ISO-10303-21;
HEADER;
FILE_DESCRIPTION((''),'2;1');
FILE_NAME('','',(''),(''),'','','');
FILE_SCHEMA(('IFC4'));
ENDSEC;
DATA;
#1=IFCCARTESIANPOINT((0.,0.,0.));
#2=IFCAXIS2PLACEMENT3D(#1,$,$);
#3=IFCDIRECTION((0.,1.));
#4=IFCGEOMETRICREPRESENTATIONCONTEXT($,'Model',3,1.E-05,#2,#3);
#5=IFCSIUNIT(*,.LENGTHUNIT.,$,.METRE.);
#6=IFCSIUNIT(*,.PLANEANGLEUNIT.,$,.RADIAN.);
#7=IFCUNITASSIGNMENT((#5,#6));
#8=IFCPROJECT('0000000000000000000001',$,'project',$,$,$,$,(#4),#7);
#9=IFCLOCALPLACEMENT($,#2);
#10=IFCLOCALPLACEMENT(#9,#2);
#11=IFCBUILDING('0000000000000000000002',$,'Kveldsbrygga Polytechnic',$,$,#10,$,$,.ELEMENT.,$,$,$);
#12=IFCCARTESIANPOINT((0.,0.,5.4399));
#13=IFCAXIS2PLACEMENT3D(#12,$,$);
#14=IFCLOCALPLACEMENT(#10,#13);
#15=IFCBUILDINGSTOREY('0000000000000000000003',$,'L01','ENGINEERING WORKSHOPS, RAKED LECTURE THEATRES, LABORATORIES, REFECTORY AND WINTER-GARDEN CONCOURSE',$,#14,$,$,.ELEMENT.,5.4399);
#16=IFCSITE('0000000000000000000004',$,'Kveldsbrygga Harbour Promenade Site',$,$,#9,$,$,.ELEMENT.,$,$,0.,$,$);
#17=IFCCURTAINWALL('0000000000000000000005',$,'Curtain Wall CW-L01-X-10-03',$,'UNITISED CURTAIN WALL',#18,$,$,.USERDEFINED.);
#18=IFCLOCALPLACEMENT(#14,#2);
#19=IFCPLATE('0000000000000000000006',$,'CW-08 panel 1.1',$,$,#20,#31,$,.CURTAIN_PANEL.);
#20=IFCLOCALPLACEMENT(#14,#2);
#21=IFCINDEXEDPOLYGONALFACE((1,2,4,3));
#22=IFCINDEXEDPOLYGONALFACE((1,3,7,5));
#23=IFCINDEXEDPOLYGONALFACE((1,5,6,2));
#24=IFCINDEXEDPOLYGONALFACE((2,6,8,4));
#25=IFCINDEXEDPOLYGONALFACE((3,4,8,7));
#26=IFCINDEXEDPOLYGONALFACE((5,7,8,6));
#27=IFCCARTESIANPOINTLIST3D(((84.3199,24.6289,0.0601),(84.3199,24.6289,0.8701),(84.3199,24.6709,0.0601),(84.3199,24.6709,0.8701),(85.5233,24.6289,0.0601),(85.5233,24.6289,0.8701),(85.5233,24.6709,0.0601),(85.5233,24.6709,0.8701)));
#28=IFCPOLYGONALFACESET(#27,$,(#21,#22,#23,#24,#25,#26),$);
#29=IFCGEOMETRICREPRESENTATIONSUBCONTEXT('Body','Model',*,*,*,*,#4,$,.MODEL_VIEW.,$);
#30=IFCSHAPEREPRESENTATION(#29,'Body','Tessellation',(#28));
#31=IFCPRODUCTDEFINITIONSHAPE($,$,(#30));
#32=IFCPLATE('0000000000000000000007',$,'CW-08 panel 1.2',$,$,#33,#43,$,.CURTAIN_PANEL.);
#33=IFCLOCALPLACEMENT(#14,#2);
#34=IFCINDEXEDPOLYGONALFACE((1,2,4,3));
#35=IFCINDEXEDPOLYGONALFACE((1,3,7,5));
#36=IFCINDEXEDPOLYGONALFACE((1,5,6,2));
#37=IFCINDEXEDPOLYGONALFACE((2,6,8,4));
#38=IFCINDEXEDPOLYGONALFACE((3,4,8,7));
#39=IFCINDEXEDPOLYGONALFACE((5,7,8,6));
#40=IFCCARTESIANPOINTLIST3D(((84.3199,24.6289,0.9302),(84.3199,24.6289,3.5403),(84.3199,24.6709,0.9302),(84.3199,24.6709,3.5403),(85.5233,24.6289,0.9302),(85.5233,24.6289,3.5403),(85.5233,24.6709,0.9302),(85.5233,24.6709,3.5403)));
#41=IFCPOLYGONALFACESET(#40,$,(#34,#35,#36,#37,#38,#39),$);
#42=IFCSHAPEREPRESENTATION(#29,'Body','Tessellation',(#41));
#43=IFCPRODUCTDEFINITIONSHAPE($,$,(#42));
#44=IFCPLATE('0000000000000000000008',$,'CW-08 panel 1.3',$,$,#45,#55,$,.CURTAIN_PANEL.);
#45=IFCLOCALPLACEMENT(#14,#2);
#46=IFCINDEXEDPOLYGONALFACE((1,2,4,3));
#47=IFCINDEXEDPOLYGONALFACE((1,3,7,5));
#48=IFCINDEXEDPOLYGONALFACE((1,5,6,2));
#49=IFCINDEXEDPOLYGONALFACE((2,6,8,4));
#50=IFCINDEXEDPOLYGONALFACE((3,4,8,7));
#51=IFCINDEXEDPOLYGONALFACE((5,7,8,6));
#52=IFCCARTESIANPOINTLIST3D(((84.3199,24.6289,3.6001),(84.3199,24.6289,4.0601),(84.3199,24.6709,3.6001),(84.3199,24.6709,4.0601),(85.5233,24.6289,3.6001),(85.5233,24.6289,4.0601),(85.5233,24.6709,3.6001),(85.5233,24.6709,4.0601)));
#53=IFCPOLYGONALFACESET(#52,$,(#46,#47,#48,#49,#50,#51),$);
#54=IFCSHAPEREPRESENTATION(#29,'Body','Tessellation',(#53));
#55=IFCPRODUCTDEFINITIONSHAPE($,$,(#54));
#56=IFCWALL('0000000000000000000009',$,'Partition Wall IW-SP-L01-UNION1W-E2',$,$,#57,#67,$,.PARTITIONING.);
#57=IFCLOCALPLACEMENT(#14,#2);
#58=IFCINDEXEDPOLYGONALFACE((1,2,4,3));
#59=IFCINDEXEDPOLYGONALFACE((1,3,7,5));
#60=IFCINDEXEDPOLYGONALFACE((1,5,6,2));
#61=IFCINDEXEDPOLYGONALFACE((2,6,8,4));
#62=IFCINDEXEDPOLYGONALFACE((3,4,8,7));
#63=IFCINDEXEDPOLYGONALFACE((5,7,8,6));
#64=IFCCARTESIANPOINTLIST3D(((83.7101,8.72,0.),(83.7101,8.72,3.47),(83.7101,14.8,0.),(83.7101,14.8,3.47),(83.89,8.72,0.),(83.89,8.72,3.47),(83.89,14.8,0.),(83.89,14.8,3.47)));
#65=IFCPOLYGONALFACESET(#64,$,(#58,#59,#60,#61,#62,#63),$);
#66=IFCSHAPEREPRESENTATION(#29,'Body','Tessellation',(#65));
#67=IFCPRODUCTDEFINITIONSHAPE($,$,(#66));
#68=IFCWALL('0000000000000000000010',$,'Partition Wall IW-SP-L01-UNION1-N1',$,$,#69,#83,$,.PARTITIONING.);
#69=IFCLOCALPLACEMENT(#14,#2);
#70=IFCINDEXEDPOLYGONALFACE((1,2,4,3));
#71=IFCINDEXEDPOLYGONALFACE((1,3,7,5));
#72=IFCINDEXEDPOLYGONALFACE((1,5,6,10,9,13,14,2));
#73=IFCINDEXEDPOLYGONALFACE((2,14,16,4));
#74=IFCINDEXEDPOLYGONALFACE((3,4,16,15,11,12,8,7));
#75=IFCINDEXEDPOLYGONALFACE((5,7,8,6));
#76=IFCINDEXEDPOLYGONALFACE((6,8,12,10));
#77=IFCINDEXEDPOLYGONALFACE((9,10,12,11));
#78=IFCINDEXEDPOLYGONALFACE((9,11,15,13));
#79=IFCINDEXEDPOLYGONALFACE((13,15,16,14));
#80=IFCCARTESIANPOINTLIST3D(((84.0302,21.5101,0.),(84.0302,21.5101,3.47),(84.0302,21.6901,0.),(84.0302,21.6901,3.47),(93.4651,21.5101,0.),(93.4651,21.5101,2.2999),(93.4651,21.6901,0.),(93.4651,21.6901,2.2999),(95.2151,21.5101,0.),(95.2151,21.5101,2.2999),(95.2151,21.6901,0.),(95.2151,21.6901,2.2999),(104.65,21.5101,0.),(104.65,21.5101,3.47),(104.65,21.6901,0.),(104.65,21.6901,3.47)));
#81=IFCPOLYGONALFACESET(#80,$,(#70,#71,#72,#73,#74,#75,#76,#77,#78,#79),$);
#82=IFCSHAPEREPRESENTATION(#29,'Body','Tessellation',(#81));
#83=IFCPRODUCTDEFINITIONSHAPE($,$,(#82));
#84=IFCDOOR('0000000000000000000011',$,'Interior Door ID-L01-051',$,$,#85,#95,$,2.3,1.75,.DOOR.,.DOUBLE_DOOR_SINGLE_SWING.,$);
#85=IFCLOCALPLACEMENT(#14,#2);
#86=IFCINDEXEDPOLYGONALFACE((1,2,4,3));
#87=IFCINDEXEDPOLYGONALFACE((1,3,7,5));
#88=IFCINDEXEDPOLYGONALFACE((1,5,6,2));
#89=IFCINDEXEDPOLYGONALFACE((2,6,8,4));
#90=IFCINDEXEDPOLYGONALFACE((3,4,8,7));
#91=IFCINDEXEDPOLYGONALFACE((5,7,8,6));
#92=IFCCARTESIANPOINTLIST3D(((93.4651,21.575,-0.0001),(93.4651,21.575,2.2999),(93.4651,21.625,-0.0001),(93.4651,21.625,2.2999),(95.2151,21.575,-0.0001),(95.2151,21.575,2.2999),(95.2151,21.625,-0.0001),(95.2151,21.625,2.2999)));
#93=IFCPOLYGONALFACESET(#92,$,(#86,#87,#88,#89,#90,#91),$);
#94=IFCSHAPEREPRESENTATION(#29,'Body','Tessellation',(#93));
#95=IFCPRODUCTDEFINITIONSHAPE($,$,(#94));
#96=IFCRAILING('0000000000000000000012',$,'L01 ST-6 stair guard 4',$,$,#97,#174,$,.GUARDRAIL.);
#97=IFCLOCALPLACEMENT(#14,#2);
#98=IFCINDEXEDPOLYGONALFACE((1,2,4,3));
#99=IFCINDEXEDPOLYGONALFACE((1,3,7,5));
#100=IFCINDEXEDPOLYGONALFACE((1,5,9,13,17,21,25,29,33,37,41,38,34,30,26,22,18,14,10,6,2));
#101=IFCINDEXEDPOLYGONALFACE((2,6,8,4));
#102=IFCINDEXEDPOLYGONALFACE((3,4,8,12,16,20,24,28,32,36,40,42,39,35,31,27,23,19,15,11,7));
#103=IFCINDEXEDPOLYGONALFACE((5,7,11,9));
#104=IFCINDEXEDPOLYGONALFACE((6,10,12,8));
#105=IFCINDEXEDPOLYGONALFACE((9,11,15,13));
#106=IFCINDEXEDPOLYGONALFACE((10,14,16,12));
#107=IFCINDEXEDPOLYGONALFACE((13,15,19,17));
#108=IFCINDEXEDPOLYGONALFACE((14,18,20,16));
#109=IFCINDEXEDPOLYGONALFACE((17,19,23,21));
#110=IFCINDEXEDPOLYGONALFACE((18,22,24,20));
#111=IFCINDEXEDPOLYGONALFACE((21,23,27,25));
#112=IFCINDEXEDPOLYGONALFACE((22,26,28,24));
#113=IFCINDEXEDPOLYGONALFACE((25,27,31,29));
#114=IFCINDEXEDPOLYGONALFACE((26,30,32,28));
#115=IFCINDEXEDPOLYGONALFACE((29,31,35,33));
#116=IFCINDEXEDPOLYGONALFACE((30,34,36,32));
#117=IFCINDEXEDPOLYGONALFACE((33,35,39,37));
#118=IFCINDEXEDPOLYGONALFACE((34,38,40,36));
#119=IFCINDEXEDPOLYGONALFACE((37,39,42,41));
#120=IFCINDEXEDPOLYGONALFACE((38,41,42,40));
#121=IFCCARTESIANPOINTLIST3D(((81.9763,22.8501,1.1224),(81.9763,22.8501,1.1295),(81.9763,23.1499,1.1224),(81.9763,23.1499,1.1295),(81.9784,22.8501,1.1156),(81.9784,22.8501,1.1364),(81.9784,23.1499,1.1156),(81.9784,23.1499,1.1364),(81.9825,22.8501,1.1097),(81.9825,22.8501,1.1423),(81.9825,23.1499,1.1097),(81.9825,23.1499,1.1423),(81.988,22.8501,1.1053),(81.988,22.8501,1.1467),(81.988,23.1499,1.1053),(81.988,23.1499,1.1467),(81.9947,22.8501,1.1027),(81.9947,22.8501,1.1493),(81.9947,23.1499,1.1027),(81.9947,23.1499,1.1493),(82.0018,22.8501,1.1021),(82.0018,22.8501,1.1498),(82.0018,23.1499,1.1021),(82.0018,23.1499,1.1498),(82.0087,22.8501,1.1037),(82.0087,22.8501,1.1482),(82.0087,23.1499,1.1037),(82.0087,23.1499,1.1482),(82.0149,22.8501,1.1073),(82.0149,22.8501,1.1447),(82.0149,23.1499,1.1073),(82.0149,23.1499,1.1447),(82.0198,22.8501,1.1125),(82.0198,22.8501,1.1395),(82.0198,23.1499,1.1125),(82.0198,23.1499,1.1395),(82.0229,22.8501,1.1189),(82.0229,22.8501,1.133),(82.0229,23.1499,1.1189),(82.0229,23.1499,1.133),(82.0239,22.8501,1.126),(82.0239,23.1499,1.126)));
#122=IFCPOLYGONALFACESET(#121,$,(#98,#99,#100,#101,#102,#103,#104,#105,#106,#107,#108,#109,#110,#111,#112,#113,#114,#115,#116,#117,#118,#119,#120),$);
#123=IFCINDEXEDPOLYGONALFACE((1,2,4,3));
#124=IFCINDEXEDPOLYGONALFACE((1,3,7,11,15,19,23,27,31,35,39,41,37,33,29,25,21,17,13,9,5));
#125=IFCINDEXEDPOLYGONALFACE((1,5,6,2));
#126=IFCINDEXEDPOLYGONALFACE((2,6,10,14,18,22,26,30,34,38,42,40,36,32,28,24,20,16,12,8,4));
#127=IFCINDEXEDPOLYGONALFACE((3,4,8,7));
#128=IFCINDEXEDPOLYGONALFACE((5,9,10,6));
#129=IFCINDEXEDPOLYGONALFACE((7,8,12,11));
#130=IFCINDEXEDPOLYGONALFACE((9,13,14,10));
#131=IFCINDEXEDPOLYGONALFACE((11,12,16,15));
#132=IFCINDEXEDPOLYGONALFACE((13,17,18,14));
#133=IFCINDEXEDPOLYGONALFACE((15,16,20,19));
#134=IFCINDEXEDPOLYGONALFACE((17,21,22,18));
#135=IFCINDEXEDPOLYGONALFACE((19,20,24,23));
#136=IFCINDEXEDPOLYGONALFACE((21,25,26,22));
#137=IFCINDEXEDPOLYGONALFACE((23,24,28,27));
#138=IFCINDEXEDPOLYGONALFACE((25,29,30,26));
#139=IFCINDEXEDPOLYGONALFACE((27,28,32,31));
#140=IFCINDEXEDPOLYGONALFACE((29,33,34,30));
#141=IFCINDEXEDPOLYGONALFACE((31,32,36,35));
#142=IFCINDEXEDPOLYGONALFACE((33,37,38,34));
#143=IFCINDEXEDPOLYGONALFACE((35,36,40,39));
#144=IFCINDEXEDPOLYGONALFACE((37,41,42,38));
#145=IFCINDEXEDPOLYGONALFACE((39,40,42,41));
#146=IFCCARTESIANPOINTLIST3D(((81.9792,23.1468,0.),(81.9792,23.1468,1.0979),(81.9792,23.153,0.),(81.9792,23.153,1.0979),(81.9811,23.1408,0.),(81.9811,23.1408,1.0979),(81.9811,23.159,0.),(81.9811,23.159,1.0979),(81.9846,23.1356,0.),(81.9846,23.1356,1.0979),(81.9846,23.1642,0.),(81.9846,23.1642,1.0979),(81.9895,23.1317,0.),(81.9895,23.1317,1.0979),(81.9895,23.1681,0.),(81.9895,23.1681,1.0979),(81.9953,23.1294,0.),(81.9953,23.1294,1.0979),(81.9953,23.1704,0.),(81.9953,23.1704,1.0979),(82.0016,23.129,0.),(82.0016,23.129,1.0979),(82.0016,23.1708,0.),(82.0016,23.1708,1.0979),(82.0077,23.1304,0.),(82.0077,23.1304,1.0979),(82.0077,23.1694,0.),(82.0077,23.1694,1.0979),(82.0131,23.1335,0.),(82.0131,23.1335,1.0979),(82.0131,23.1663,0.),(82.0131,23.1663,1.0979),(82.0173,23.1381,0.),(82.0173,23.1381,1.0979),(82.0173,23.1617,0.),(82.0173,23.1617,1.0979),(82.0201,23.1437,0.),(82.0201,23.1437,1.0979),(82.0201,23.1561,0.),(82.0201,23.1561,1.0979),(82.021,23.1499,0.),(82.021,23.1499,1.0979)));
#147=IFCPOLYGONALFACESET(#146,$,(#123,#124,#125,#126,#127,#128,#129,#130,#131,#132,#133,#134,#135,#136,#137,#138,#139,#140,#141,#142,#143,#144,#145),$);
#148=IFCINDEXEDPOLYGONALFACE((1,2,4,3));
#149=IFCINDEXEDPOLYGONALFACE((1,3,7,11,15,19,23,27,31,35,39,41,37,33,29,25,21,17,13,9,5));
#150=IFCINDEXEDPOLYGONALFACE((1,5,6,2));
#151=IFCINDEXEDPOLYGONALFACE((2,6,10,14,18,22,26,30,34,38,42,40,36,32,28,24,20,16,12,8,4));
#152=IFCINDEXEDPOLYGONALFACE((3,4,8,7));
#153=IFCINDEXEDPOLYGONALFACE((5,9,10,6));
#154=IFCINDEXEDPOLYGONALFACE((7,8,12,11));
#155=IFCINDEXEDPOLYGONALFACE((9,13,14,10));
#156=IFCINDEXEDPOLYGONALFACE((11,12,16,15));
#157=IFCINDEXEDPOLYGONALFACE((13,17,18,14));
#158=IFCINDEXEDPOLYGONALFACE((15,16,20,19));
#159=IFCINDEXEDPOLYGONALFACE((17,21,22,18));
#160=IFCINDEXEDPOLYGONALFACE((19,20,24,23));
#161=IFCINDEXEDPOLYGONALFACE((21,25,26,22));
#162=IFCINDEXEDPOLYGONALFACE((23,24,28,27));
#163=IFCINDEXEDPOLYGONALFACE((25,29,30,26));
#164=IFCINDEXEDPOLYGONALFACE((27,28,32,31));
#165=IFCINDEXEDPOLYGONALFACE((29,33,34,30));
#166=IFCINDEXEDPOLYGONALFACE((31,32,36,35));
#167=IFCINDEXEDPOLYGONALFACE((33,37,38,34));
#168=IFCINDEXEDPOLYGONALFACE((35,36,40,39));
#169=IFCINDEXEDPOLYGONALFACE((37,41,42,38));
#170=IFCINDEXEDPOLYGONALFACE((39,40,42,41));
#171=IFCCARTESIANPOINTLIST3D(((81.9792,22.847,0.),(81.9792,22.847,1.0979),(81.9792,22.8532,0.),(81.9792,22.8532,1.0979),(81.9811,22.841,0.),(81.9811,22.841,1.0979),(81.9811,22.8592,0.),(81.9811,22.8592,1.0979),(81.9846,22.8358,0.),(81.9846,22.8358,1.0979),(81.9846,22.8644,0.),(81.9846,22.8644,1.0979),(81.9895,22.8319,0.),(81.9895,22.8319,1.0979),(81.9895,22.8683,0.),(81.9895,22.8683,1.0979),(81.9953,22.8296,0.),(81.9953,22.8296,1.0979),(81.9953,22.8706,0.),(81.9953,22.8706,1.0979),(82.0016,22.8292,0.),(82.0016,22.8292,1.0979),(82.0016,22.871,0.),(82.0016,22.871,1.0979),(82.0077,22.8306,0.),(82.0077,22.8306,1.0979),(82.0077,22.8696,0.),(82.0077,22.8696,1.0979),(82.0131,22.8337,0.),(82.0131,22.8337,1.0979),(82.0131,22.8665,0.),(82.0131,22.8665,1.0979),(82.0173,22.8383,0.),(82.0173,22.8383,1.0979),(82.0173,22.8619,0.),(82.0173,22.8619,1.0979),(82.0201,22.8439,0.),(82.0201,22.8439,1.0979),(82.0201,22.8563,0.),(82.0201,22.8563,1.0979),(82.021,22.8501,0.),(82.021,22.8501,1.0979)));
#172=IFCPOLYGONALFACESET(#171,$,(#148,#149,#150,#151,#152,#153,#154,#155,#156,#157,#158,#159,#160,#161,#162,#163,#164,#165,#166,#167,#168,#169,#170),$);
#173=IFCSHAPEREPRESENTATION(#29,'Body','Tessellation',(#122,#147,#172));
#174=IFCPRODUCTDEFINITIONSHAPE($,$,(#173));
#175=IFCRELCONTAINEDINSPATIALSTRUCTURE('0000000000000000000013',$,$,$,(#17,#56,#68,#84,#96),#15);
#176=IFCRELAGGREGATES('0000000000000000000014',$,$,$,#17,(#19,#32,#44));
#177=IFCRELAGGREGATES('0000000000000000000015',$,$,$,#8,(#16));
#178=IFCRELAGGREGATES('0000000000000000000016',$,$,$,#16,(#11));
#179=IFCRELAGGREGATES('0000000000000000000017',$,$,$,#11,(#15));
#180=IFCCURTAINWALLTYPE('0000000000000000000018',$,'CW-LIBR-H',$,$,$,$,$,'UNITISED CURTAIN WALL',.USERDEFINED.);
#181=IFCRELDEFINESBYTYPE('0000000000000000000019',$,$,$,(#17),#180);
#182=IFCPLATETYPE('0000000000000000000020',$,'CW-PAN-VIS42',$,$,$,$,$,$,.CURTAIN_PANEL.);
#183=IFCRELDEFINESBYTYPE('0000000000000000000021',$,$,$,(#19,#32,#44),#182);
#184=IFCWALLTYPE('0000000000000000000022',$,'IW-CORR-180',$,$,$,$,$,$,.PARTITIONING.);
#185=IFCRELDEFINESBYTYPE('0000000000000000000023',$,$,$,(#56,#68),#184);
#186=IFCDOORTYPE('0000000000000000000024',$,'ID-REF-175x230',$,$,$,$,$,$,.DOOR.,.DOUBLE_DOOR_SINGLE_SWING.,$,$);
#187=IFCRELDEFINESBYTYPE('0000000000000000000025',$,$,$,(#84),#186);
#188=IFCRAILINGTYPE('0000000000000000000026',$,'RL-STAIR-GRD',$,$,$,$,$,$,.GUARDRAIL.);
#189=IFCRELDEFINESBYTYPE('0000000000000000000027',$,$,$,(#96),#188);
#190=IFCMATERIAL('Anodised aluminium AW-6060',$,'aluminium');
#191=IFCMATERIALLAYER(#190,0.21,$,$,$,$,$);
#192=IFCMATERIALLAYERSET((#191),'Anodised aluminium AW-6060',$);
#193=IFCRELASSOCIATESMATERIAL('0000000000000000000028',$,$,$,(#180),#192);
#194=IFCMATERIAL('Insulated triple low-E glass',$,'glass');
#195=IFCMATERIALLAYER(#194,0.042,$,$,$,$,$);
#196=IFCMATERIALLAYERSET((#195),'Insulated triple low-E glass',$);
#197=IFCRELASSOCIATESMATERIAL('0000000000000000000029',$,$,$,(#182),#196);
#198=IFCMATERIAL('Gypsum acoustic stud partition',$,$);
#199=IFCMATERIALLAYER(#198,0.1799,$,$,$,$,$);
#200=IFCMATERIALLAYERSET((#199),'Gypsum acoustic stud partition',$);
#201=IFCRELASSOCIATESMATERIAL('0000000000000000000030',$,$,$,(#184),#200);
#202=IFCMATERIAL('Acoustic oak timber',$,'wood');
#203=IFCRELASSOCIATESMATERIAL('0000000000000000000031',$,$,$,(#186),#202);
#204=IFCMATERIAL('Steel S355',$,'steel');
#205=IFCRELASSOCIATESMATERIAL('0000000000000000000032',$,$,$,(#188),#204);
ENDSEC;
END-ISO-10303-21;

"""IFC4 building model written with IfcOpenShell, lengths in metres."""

from ifc_helpers import new_model, si_unit, direction, frame, frame_2d, origin, origin_2d, place, context, subcontext, project, spatial, rectangle, circle, extrude, material, layer, layer_set, type_object, element, fill, aggregate, save


model = new_model("IFC4")

# Units and contexts
model_context = context("Model", 3, precision=1e-05, world=origin(), true_north=direction((0.0, 1.0)))
body_context = subcontext(model_context, "Body", "Model", "MODEL_VIEW")
ifc_project = project(units=[si_unit("LENGTHUNIT", "METRE"), si_unit("PLANEANGLEUNIT", "RADIAN")], contexts=[model_context])

# Site, building, storey
site_placement = place(None, origin())
site = spatial("IfcSite", under=ifc_project, at=site_placement, Name="Kveldsbrygga Harbour Promenade Site", CompositionType="ELEMENT", RefElevation=0.0)
building_placement = place(site_placement, origin())
building = spatial("IfcBuilding", under=site, at=building_placement, Name="Kveldsbrygga Polytechnic", CompositionType="ELEMENT")
storey_placement = place(building_placement, frame((0.0, 0.0, 5.4399)))
storey = spatial("IfcBuildingStorey", under=building, at=storey_placement, Name="L01", Description="ENGINEERING WORKSHOPS, RAKED LECTURE THEATRES, LABORATORIES, REFECTORY AND WINTER-GARDEN CONCOURSE", CompositionType="ELEMENT", Elevation=5.4399)

# Curtain wall
ifc_material_1 = material(Name="Anodised aluminium AW-6060", Category="aluminium")
ifc_layer_1 = layer(ifc_material_1, 0.21)
ifc_layer_set_1 = layer_set([ifc_layer_1], Name="Anodised aluminium AW-6060")
curtain_wall_type = type_object("IfcCurtainWallType", Name="CW-LIBR-H", ElementType="UNITISED CURTAIN WALL", PredefinedType="USERDEFINED", material=ifc_layer_set_1)
curtain_wall_placement = place(storey_placement, origin())
curtain_wall = element("IfcCurtainWall", 1, at=curtain_wall_placement, inside=storey, type_object=curtain_wall_type, Name="Curtain Wall CW-L01-X-10-03", ObjectType="UNITISED CURTAIN WALL", PredefinedType="USERDEFINED")

# Plates
ifc_material_2 = material(Name="Insulated triple low-E glass", Category="glass")
ifc_layer_2 = layer(ifc_material_2, 0.042)
ifc_layer_set_2 = layer_set([ifc_layer_2], Name="Insulated triple low-E glass")
plate_type = type_object("IfcPlateType", Name="CW-PAN-VIS42", PredefinedType="CURTAIN_PANEL", material=ifc_layer_set_2)
plate_1_placement = place(storey_placement, frame((84.9216, 24.6499, 0.0601), z_axis=(0.0, 0.0, 1.0), x_axis=(1.0, 0.0, 0.0)))
plate_1 = element("IfcPlate", 2, at=plate_1_placement, type_object=plate_type, Name="CW-08 panel 1.1", PredefinedType="CURTAIN_PANEL", context=body_context, shape_type="SweptSolid", body=[
    extrude(rectangle(XDim=1.2034, YDim=0.042, at=origin_2d()), origin(), (0.0, 0.0, 1.0), 0.8101),
])
plate_2_placement = place(storey_placement, frame((84.9216, 24.6499, 0.9302), z_axis=(0.0, 0.0, 1.0), x_axis=(1.0, 0.0, 0.0)))
plate_2 = element("IfcPlate", 3, at=plate_2_placement, type_object=plate_type, Name="CW-08 panel 1.2", PredefinedType="CURTAIN_PANEL", context=body_context, shape_type="SweptSolid", body=[
    extrude(rectangle(XDim=1.2034, YDim=0.042, at=origin_2d()), origin(), (0.0, 0.0, 1.0), 2.6101),
])
plate_3_placement = place(storey_placement, frame((84.9216, 24.6499, 3.6001), z_axis=(0.0, 0.0, 1.0), x_axis=(1.0, 0.0, 0.0)))
plate_3 = element("IfcPlate", 4, at=plate_3_placement, type_object=plate_type, Name="CW-08 panel 1.3", PredefinedType="CURTAIN_PANEL", context=body_context, shape_type="SweptSolid", body=[
    extrude(rectangle(XDim=1.2034, YDim=0.042, at=origin_2d()), origin(), (0.0, 0.0, 1.0), 0.46),
])
aggregate(curtain_wall, [plate_1, plate_2, plate_3])

# Wall
ifc_material_3 = material(Name="Gypsum acoustic stud partition")
ifc_layer_3 = layer(ifc_material_3, 0.1799)
ifc_layer_set_3 = layer_set([ifc_layer_3], Name="Gypsum acoustic stud partition")
wall_type_1 = type_object("IfcWallType", Name="IW-CORR-180", PredefinedType="PARTITIONING", material=ifc_layer_set_3)
wall_1_placement = place(storey_placement, frame((83.8, 8.72, 0.0), z_axis=(0.0, 0.0, 1.0), x_axis=(0.0, 1.0, 0.0)))
element("IfcWall", 5, at=wall_1_placement, inside=storey, type_object=wall_type_1, Name="Partition Wall IW-SP-L01-UNION1W-E2", PredefinedType="PARTITIONING", context=body_context, shape_type="SweptSolid", body=[
    extrude(rectangle(XDim=6.0801, YDim=0.1799, at=frame_2d((3.04, 0.0))), origin(), (0.0, 0.0, 1.0), 3.47),
])

# Wall, opening, door
wall_2_placement = place(storey_placement, frame((84.03, 21.6001, 0.0), z_axis=(0.0, 0.0, 1.0), x_axis=(1.0, 0.0, 0.0)))
wall_2 = element("IfcWall", 6, at=wall_2_placement, inside=storey, type_object=wall_type_1, Name="Partition Wall IW-SP-L01-UNION1-N1", PredefinedType="PARTITIONING", context=body_context, shape_type="SweptSolid", body=[
    extrude(rectangle(XDim=20.6199, YDim=0.1799, at=frame_2d((10.3101, 0.0))), origin(), (0.0, 0.0, 1.0), 3.47),
])
opening_1_placement = place(wall_2_placement, frame((9.4351, 0.0, 0.0)))
opening_1 = element("IfcOpeningElement", 7, at=opening_1_placement, cuts=wall_2, PredefinedType="OPENING", context=body_context, shape_type="SweptSolid", body=[
    extrude(rectangle(XDim=1.75, YDim=2.3, at=frame_2d((0.875, 1.1499))), frame((0.0, 0.1001, 0.0), z_axis=(0.0, -1.0, 0.0), x_axis=(1.0, 0.0, 0.0)), (0.0, 0.0, 1.0), 0.2),
])
ifc_material_4 = material(Name="Acoustic oak timber", Category="wood")
door_type_1 = type_object("IfcDoorType", Name="ID-REF-175x230", OperationType="DOUBLE_DOOR_SINGLE_SWING", PredefinedType="DOOR", material=ifc_material_4)
door_1_placement = place(opening_1_placement, origin())
door_1 = element("IfcDoor", 8, at=door_1_placement, inside=storey, type_object=door_type_1, Name="Interior Door ID-L01-051", OperationType="DOUBLE_DOOR_SINGLE_SWING", OverallHeight=2.3, OverallWidth=1.75, PredefinedType="DOOR", context=body_context, shape_type="SweptSolid", body=[
    extrude(rectangle(XDim=1.75, YDim=2.3, at=frame_2d((0.875, 1.1499))), frame((0.0, 0.0249, 0.0), z_axis=(0.0, -1.0, 0.0), x_axis=(1.0, 0.0, 0.0)), (0.0, 0.0, 1.0), 0.05),
])
fill(opening_1, door_1)

# Railing
ifc_material_5 = material(Name="Steel S355", Category="steel")
railing_type = type_object("IfcRailingType", Name="RL-STAIR-GRD", PredefinedType="GUARDRAIL", material=ifc_material_5)
railing_placement = place(storey_placement, frame((82.0, 23.1499, 0.0)))
element("IfcRailing", 9, at=railing_placement, inside=storey, type_object=railing_type, Name="L01 ST-6 stair guard 4", PredefinedType="GUARDRAIL", context=body_context, shape_type="SweptSolid", body=[
    extrude(circle(Radius=0.0239, at=origin_2d()), frame((0.0, 0.0, 1.126), z_axis=(0.0, -1.0, 0.0), x_axis=(1.0, 0.0, 0.0)), (0.0, 0.0, 1.0), 0.2998),
    extrude(circle(Radius=0.021, at=origin_2d()), origin(), (0.0, 0.0, 1.0), 1.0979),
    extrude(circle(Radius=0.021, at=origin_2d()), frame((0.0, -0.2998, 0.0)), (0.0, 0.0, 1.0), 1.0979),
])

save(model, "model.ifc")
